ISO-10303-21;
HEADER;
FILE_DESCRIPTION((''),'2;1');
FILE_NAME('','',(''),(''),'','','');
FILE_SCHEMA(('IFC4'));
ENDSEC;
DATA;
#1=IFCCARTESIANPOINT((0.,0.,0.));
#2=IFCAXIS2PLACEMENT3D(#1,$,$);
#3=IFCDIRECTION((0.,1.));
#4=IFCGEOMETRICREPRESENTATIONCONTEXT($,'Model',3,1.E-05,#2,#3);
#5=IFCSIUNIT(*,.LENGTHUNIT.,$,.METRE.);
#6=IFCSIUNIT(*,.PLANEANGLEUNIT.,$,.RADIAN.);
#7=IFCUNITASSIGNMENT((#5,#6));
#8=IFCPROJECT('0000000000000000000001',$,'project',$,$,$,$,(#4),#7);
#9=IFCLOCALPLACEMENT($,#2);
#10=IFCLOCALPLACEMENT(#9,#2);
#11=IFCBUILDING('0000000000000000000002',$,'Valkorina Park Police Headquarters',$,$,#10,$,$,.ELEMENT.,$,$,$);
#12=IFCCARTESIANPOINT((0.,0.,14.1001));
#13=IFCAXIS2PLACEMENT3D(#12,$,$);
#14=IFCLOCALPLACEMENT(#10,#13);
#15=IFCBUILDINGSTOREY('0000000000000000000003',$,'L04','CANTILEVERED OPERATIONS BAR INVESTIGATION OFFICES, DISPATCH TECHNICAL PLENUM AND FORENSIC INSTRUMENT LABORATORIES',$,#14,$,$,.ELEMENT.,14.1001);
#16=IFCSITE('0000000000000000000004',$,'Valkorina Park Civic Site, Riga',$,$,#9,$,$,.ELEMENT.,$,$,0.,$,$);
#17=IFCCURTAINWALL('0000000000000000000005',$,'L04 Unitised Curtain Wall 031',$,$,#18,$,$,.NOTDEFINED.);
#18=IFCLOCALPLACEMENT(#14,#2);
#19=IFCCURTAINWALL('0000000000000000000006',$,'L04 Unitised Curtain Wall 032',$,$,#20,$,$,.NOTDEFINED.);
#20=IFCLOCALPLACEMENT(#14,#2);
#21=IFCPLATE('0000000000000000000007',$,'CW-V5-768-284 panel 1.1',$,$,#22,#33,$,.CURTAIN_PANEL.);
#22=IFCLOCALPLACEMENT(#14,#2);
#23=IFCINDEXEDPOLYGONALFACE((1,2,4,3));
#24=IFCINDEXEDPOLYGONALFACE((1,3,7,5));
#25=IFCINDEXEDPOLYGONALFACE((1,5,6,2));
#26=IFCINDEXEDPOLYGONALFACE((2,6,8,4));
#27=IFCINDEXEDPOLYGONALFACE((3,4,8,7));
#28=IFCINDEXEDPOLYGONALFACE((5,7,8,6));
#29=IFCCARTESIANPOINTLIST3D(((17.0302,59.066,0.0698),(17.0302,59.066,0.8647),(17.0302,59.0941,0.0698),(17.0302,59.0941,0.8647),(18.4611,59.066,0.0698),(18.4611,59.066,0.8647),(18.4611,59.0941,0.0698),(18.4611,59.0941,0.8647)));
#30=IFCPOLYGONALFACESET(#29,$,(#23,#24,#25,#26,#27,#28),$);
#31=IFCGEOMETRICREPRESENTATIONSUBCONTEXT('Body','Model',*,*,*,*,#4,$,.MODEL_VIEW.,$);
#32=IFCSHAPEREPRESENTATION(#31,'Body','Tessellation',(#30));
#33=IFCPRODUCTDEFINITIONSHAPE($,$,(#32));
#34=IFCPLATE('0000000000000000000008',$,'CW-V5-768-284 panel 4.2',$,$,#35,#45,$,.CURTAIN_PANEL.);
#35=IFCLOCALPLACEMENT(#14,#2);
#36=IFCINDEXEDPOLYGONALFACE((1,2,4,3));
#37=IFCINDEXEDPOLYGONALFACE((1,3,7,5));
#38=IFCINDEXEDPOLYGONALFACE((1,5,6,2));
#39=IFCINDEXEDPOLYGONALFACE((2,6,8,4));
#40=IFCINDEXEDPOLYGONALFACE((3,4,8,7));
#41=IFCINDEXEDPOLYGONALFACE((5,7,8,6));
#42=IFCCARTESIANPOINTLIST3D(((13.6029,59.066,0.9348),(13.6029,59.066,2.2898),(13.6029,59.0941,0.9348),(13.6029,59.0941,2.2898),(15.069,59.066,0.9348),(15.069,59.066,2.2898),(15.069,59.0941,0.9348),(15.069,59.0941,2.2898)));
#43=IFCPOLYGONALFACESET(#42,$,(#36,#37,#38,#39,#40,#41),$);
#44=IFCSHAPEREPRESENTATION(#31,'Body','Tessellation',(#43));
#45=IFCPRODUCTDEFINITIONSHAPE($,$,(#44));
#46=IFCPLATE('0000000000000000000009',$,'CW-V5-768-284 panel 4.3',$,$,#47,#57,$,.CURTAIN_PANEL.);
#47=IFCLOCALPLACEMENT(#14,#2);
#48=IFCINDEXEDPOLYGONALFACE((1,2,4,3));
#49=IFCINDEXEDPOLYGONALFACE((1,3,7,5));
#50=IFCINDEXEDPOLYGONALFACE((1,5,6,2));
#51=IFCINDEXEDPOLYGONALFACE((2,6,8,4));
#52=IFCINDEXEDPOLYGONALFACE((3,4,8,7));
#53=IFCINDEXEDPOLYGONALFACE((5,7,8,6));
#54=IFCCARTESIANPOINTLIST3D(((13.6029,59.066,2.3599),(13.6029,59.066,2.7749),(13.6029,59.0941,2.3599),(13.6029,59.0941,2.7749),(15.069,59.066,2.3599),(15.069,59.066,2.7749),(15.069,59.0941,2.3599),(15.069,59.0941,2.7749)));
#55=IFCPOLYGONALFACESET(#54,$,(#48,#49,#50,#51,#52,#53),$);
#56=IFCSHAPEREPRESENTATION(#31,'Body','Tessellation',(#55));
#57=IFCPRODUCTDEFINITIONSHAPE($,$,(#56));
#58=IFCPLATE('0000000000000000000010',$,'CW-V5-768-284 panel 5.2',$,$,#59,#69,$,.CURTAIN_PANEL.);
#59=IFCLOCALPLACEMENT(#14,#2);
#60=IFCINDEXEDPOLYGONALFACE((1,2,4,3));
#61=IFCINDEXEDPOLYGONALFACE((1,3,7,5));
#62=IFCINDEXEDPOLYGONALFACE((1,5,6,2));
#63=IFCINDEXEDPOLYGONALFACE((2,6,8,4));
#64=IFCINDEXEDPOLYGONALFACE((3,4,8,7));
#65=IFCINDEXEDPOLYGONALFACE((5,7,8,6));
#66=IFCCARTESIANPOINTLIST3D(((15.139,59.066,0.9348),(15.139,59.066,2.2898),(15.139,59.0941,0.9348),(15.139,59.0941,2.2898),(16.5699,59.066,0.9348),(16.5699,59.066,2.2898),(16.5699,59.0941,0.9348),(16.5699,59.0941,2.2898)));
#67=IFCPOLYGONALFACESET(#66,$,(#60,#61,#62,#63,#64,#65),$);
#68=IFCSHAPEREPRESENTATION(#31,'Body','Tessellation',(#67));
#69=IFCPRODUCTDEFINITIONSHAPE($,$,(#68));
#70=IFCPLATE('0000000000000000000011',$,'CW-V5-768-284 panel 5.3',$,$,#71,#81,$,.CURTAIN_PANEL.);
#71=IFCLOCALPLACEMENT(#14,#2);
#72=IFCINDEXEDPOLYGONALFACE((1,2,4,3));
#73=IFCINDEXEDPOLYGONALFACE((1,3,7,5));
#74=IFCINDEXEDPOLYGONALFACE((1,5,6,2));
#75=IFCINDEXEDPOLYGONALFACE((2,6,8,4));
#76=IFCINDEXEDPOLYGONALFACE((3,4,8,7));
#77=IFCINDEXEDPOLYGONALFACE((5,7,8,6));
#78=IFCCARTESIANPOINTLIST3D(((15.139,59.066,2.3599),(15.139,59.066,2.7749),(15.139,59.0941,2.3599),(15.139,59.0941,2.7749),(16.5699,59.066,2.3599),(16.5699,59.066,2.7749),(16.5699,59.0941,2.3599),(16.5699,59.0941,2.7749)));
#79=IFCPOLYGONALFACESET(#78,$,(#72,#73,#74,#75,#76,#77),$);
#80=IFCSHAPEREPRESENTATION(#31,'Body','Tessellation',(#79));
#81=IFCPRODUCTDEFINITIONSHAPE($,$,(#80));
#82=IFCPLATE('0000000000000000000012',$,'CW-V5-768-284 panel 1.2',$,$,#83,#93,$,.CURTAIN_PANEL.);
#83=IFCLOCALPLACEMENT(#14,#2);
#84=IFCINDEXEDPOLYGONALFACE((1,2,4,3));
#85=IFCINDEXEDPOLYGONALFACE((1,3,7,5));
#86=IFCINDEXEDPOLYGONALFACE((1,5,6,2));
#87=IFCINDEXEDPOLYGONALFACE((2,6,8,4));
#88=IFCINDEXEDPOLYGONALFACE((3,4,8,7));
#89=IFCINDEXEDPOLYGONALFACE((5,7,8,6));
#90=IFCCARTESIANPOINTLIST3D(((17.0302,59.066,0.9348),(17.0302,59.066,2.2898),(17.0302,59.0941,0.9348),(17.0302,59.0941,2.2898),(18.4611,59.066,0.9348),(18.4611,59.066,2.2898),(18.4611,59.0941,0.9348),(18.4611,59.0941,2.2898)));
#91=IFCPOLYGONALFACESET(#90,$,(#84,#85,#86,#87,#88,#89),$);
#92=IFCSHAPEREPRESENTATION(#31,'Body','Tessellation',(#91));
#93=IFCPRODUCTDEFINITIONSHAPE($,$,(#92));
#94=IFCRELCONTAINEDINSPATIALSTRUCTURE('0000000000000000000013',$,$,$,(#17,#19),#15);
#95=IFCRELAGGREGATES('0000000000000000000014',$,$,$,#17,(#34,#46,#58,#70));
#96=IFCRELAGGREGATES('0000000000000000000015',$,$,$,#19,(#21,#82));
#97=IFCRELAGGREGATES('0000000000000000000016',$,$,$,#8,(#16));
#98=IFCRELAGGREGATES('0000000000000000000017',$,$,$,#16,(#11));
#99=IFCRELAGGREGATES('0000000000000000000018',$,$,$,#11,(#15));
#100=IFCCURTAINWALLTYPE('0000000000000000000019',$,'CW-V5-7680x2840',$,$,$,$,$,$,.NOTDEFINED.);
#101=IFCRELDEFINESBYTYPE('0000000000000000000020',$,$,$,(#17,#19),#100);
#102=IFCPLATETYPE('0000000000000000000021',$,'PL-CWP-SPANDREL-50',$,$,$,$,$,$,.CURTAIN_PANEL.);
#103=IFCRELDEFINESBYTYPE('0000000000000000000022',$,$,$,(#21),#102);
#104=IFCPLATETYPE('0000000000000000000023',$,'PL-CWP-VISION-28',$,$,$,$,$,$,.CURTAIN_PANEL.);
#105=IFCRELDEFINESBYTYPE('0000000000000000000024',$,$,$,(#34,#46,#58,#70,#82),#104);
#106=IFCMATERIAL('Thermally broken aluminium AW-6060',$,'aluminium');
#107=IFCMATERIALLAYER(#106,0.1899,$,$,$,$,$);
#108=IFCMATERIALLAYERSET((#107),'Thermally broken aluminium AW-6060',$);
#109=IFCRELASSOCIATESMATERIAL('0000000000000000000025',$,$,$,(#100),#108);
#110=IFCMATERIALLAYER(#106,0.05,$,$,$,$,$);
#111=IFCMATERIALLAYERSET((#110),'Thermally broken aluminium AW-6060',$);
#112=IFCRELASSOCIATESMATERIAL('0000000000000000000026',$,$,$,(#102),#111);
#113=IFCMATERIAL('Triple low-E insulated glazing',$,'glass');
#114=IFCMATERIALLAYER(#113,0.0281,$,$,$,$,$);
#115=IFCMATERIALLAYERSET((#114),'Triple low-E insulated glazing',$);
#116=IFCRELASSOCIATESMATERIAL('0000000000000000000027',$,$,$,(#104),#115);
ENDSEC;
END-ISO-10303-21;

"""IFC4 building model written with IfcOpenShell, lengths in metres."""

from ifc_helpers import new_model, si_unit, direction, frame, origin, origin_2d, place, context, subcontext, project, spatial, rectangle, extrude, material, layer, layer_set, type_object, element, aggregate, save


model = new_model("IFC4")

# Units and contexts
model_context = context("Model", 3, precision=1e-05, world=origin(), true_north=direction((0.0, 1.0)))
body_context = subcontext(model_context, "Body", "Model", "MODEL_VIEW")
ifc_project = project(units=[si_unit("LENGTHUNIT", "METRE"), si_unit("PLANEANGLEUNIT", "RADIAN")], contexts=[model_context])

# Site, building, storey
site_placement = place(None, origin())
site = spatial("IfcSite", under=ifc_project, at=site_placement, Name="Valkorina Park Civic Site, Riga", CompositionType="ELEMENT", RefElevation=0.0)
building_placement = place(site_placement, origin())
building = spatial("IfcBuilding", under=site, at=building_placement, Name="Valkorina Park Police Headquarters", CompositionType="ELEMENT")
storey_placement = place(building_placement, frame((0.0, 0.0, 14.1001)))
storey = spatial("IfcBuildingStorey", under=building, at=storey_placement, Name="L04", Description="CANTILEVERED OPERATIONS BAR INVESTIGATION OFFICES, DISPATCH TECHNICAL PLENUM AND FORENSIC INSTRUMENT LABORATORIES", CompositionType="ELEMENT", Elevation=14.1001)

# Curtain wall
ifc_material_1 = material(Name="Thermally broken aluminium AW-6060", Category="aluminium")
ifc_layer_1 = layer(ifc_material_1, 0.1899)
ifc_layer_set_1 = layer_set([ifc_layer_1], Name="Thermally broken aluminium AW-6060")
curtain_wall_type = type_object("IfcCurtainWallType", Name="CW-V5-7680x2840", PredefinedType="NOTDEFINED", material=ifc_layer_set_1)
curtain_wall_1_placement = place(storey_placement, origin())
curtain_wall_1 = element("IfcCurtainWall", 1, at=curtain_wall_1_placement, inside=storey, type_object=curtain_wall_type, Name="L04 Unitised Curtain Wall 031", PredefinedType="NOTDEFINED")

# Curtain wall
curtain_wall_2_placement = place(storey_placement, origin())
curtain_wall_2 = element("IfcCurtainWall", 2, at=curtain_wall_2_placement, inside=storey, type_object=curtain_wall_type, Name="L04 Unitised Curtain Wall 032", PredefinedType="NOTDEFINED")

# Plates
ifc_layer_2 = layer(ifc_material_1, 0.05)
ifc_layer_set_2 = layer_set([ifc_layer_2], Name="Thermally broken aluminium AW-6060")
plate_type_1 = type_object("IfcPlateType", Name="PL-CWP-SPANDREL-50", PredefinedType="CURTAIN_PANEL", material=ifc_layer_set_2)
plate_1_placement = place(storey_placement, frame((17.7456, 59.0801, 0.0698), z_axis=(0.0, 0.0, 1.0), x_axis=(1.0, 0.0, 0.0)))
plate_1 = element("IfcPlate", 3, at=plate_1_placement, type_object=plate_type_1, Name="CW-V5-768-284 panel 1.1", PredefinedType="CURTAIN_PANEL", context=body_context, shape_type="SweptSolid", body=[
    extrude(rectangle(XDim=1.4309, YDim=0.0281, at=origin_2d()), origin(), (0.0, 0.0, 1.0), 0.7949),
])
ifc_material_2 = material(Name="Triple low-E insulated glazing", Category="glass")
ifc_layer_3 = layer(ifc_material_2, 0.0281)
ifc_layer_set_3 = layer_set([ifc_layer_3], Name="Triple low-E insulated glazing")
plate_type_2 = type_object("IfcPlateType", Name="PL-CWP-VISION-28", PredefinedType="CURTAIN_PANEL", material=ifc_layer_set_3)
plate_2_placement = place(storey_placement, frame((14.3359, 59.0801, 0.9348), z_axis=(0.0, 0.0, 1.0), x_axis=(1.0, 0.0, 0.0)))
plate_2 = element("IfcPlate", 4, at=plate_2_placement, type_object=plate_type_2, Name="CW-V5-768-284 panel 4.2", PredefinedType="CURTAIN_PANEL", context=body_context, shape_type="SweptSolid", body=[
    extrude(rectangle(XDim=1.4661, YDim=0.0281, at=origin_2d()), origin(), (0.0, 0.0, 1.0), 1.355),
])
plate_3_placement = place(storey_placement, frame((14.3359, 59.0801, 2.3599), z_axis=(0.0, 0.0, 1.0), x_axis=(1.0, 0.0, 0.0)))
plate_3 = element("IfcPlate", 5, at=plate_3_placement, type_object=plate_type_2, Name="CW-V5-768-284 panel 4.3", PredefinedType="CURTAIN_PANEL", context=body_context, shape_type="SweptSolid", body=[
    extrude(rectangle(XDim=1.4661, YDim=0.0281, at=origin_2d()), origin(), (0.0, 0.0, 1.0), 0.415),
])
plate_4_placement = place(storey_placement, frame((15.8545, 59.0801, 0.9348), z_axis=(0.0, 0.0, 1.0), x_axis=(1.0, 0.0, 0.0)))
plate_4 = element("IfcPlate", 6, at=plate_4_placement, type_object=plate_type_2, Name="CW-V5-768-284 panel 5.2", PredefinedType="CURTAIN_PANEL", context=body_context, shape_type="SweptSolid", body=[
    extrude(rectangle(XDim=1.4309, YDim=0.0281, at=origin_2d()), origin(), (0.0, 0.0, 1.0), 1.355),
])
plate_5_placement = place(storey_placement, frame((15.8545, 59.0801, 2.3599), z_axis=(0.0, 0.0, 1.0), x_axis=(1.0, 0.0, 0.0)))
plate_5 = element("IfcPlate", 7, at=plate_5_placement, type_object=plate_type_2, Name="CW-V5-768-284 panel 5.3", PredefinedType="CURTAIN_PANEL", context=body_context, shape_type="SweptSolid", body=[
    extrude(rectangle(XDim=1.4309, YDim=0.0281, at=origin_2d()), origin(), (0.0, 0.0, 1.0), 0.415),
])
aggregate(curtain_wall_1, [plate_2, plate_3, plate_4, plate_5])
plate_6_placement = place(storey_placement, frame((17.7456, 59.0801, 0.9348), z_axis=(0.0, 0.0, 1.0), x_axis=(1.0, 0.0, 0.0)))
plate_6 = element("IfcPlate", 8, at=plate_6_placement, type_object=plate_type_2, Name="CW-V5-768-284 panel 1.2", PredefinedType="CURTAIN_PANEL", context=body_context, shape_type="SweptSolid", body=[
    extrude(rectangle(XDim=1.4309, YDim=0.0281, at=origin_2d()), origin(), (0.0, 0.0, 1.0), 1.355),
])
aggregate(curtain_wall_2, [plate_1, plate_6])

save(model, "model.ifc")
